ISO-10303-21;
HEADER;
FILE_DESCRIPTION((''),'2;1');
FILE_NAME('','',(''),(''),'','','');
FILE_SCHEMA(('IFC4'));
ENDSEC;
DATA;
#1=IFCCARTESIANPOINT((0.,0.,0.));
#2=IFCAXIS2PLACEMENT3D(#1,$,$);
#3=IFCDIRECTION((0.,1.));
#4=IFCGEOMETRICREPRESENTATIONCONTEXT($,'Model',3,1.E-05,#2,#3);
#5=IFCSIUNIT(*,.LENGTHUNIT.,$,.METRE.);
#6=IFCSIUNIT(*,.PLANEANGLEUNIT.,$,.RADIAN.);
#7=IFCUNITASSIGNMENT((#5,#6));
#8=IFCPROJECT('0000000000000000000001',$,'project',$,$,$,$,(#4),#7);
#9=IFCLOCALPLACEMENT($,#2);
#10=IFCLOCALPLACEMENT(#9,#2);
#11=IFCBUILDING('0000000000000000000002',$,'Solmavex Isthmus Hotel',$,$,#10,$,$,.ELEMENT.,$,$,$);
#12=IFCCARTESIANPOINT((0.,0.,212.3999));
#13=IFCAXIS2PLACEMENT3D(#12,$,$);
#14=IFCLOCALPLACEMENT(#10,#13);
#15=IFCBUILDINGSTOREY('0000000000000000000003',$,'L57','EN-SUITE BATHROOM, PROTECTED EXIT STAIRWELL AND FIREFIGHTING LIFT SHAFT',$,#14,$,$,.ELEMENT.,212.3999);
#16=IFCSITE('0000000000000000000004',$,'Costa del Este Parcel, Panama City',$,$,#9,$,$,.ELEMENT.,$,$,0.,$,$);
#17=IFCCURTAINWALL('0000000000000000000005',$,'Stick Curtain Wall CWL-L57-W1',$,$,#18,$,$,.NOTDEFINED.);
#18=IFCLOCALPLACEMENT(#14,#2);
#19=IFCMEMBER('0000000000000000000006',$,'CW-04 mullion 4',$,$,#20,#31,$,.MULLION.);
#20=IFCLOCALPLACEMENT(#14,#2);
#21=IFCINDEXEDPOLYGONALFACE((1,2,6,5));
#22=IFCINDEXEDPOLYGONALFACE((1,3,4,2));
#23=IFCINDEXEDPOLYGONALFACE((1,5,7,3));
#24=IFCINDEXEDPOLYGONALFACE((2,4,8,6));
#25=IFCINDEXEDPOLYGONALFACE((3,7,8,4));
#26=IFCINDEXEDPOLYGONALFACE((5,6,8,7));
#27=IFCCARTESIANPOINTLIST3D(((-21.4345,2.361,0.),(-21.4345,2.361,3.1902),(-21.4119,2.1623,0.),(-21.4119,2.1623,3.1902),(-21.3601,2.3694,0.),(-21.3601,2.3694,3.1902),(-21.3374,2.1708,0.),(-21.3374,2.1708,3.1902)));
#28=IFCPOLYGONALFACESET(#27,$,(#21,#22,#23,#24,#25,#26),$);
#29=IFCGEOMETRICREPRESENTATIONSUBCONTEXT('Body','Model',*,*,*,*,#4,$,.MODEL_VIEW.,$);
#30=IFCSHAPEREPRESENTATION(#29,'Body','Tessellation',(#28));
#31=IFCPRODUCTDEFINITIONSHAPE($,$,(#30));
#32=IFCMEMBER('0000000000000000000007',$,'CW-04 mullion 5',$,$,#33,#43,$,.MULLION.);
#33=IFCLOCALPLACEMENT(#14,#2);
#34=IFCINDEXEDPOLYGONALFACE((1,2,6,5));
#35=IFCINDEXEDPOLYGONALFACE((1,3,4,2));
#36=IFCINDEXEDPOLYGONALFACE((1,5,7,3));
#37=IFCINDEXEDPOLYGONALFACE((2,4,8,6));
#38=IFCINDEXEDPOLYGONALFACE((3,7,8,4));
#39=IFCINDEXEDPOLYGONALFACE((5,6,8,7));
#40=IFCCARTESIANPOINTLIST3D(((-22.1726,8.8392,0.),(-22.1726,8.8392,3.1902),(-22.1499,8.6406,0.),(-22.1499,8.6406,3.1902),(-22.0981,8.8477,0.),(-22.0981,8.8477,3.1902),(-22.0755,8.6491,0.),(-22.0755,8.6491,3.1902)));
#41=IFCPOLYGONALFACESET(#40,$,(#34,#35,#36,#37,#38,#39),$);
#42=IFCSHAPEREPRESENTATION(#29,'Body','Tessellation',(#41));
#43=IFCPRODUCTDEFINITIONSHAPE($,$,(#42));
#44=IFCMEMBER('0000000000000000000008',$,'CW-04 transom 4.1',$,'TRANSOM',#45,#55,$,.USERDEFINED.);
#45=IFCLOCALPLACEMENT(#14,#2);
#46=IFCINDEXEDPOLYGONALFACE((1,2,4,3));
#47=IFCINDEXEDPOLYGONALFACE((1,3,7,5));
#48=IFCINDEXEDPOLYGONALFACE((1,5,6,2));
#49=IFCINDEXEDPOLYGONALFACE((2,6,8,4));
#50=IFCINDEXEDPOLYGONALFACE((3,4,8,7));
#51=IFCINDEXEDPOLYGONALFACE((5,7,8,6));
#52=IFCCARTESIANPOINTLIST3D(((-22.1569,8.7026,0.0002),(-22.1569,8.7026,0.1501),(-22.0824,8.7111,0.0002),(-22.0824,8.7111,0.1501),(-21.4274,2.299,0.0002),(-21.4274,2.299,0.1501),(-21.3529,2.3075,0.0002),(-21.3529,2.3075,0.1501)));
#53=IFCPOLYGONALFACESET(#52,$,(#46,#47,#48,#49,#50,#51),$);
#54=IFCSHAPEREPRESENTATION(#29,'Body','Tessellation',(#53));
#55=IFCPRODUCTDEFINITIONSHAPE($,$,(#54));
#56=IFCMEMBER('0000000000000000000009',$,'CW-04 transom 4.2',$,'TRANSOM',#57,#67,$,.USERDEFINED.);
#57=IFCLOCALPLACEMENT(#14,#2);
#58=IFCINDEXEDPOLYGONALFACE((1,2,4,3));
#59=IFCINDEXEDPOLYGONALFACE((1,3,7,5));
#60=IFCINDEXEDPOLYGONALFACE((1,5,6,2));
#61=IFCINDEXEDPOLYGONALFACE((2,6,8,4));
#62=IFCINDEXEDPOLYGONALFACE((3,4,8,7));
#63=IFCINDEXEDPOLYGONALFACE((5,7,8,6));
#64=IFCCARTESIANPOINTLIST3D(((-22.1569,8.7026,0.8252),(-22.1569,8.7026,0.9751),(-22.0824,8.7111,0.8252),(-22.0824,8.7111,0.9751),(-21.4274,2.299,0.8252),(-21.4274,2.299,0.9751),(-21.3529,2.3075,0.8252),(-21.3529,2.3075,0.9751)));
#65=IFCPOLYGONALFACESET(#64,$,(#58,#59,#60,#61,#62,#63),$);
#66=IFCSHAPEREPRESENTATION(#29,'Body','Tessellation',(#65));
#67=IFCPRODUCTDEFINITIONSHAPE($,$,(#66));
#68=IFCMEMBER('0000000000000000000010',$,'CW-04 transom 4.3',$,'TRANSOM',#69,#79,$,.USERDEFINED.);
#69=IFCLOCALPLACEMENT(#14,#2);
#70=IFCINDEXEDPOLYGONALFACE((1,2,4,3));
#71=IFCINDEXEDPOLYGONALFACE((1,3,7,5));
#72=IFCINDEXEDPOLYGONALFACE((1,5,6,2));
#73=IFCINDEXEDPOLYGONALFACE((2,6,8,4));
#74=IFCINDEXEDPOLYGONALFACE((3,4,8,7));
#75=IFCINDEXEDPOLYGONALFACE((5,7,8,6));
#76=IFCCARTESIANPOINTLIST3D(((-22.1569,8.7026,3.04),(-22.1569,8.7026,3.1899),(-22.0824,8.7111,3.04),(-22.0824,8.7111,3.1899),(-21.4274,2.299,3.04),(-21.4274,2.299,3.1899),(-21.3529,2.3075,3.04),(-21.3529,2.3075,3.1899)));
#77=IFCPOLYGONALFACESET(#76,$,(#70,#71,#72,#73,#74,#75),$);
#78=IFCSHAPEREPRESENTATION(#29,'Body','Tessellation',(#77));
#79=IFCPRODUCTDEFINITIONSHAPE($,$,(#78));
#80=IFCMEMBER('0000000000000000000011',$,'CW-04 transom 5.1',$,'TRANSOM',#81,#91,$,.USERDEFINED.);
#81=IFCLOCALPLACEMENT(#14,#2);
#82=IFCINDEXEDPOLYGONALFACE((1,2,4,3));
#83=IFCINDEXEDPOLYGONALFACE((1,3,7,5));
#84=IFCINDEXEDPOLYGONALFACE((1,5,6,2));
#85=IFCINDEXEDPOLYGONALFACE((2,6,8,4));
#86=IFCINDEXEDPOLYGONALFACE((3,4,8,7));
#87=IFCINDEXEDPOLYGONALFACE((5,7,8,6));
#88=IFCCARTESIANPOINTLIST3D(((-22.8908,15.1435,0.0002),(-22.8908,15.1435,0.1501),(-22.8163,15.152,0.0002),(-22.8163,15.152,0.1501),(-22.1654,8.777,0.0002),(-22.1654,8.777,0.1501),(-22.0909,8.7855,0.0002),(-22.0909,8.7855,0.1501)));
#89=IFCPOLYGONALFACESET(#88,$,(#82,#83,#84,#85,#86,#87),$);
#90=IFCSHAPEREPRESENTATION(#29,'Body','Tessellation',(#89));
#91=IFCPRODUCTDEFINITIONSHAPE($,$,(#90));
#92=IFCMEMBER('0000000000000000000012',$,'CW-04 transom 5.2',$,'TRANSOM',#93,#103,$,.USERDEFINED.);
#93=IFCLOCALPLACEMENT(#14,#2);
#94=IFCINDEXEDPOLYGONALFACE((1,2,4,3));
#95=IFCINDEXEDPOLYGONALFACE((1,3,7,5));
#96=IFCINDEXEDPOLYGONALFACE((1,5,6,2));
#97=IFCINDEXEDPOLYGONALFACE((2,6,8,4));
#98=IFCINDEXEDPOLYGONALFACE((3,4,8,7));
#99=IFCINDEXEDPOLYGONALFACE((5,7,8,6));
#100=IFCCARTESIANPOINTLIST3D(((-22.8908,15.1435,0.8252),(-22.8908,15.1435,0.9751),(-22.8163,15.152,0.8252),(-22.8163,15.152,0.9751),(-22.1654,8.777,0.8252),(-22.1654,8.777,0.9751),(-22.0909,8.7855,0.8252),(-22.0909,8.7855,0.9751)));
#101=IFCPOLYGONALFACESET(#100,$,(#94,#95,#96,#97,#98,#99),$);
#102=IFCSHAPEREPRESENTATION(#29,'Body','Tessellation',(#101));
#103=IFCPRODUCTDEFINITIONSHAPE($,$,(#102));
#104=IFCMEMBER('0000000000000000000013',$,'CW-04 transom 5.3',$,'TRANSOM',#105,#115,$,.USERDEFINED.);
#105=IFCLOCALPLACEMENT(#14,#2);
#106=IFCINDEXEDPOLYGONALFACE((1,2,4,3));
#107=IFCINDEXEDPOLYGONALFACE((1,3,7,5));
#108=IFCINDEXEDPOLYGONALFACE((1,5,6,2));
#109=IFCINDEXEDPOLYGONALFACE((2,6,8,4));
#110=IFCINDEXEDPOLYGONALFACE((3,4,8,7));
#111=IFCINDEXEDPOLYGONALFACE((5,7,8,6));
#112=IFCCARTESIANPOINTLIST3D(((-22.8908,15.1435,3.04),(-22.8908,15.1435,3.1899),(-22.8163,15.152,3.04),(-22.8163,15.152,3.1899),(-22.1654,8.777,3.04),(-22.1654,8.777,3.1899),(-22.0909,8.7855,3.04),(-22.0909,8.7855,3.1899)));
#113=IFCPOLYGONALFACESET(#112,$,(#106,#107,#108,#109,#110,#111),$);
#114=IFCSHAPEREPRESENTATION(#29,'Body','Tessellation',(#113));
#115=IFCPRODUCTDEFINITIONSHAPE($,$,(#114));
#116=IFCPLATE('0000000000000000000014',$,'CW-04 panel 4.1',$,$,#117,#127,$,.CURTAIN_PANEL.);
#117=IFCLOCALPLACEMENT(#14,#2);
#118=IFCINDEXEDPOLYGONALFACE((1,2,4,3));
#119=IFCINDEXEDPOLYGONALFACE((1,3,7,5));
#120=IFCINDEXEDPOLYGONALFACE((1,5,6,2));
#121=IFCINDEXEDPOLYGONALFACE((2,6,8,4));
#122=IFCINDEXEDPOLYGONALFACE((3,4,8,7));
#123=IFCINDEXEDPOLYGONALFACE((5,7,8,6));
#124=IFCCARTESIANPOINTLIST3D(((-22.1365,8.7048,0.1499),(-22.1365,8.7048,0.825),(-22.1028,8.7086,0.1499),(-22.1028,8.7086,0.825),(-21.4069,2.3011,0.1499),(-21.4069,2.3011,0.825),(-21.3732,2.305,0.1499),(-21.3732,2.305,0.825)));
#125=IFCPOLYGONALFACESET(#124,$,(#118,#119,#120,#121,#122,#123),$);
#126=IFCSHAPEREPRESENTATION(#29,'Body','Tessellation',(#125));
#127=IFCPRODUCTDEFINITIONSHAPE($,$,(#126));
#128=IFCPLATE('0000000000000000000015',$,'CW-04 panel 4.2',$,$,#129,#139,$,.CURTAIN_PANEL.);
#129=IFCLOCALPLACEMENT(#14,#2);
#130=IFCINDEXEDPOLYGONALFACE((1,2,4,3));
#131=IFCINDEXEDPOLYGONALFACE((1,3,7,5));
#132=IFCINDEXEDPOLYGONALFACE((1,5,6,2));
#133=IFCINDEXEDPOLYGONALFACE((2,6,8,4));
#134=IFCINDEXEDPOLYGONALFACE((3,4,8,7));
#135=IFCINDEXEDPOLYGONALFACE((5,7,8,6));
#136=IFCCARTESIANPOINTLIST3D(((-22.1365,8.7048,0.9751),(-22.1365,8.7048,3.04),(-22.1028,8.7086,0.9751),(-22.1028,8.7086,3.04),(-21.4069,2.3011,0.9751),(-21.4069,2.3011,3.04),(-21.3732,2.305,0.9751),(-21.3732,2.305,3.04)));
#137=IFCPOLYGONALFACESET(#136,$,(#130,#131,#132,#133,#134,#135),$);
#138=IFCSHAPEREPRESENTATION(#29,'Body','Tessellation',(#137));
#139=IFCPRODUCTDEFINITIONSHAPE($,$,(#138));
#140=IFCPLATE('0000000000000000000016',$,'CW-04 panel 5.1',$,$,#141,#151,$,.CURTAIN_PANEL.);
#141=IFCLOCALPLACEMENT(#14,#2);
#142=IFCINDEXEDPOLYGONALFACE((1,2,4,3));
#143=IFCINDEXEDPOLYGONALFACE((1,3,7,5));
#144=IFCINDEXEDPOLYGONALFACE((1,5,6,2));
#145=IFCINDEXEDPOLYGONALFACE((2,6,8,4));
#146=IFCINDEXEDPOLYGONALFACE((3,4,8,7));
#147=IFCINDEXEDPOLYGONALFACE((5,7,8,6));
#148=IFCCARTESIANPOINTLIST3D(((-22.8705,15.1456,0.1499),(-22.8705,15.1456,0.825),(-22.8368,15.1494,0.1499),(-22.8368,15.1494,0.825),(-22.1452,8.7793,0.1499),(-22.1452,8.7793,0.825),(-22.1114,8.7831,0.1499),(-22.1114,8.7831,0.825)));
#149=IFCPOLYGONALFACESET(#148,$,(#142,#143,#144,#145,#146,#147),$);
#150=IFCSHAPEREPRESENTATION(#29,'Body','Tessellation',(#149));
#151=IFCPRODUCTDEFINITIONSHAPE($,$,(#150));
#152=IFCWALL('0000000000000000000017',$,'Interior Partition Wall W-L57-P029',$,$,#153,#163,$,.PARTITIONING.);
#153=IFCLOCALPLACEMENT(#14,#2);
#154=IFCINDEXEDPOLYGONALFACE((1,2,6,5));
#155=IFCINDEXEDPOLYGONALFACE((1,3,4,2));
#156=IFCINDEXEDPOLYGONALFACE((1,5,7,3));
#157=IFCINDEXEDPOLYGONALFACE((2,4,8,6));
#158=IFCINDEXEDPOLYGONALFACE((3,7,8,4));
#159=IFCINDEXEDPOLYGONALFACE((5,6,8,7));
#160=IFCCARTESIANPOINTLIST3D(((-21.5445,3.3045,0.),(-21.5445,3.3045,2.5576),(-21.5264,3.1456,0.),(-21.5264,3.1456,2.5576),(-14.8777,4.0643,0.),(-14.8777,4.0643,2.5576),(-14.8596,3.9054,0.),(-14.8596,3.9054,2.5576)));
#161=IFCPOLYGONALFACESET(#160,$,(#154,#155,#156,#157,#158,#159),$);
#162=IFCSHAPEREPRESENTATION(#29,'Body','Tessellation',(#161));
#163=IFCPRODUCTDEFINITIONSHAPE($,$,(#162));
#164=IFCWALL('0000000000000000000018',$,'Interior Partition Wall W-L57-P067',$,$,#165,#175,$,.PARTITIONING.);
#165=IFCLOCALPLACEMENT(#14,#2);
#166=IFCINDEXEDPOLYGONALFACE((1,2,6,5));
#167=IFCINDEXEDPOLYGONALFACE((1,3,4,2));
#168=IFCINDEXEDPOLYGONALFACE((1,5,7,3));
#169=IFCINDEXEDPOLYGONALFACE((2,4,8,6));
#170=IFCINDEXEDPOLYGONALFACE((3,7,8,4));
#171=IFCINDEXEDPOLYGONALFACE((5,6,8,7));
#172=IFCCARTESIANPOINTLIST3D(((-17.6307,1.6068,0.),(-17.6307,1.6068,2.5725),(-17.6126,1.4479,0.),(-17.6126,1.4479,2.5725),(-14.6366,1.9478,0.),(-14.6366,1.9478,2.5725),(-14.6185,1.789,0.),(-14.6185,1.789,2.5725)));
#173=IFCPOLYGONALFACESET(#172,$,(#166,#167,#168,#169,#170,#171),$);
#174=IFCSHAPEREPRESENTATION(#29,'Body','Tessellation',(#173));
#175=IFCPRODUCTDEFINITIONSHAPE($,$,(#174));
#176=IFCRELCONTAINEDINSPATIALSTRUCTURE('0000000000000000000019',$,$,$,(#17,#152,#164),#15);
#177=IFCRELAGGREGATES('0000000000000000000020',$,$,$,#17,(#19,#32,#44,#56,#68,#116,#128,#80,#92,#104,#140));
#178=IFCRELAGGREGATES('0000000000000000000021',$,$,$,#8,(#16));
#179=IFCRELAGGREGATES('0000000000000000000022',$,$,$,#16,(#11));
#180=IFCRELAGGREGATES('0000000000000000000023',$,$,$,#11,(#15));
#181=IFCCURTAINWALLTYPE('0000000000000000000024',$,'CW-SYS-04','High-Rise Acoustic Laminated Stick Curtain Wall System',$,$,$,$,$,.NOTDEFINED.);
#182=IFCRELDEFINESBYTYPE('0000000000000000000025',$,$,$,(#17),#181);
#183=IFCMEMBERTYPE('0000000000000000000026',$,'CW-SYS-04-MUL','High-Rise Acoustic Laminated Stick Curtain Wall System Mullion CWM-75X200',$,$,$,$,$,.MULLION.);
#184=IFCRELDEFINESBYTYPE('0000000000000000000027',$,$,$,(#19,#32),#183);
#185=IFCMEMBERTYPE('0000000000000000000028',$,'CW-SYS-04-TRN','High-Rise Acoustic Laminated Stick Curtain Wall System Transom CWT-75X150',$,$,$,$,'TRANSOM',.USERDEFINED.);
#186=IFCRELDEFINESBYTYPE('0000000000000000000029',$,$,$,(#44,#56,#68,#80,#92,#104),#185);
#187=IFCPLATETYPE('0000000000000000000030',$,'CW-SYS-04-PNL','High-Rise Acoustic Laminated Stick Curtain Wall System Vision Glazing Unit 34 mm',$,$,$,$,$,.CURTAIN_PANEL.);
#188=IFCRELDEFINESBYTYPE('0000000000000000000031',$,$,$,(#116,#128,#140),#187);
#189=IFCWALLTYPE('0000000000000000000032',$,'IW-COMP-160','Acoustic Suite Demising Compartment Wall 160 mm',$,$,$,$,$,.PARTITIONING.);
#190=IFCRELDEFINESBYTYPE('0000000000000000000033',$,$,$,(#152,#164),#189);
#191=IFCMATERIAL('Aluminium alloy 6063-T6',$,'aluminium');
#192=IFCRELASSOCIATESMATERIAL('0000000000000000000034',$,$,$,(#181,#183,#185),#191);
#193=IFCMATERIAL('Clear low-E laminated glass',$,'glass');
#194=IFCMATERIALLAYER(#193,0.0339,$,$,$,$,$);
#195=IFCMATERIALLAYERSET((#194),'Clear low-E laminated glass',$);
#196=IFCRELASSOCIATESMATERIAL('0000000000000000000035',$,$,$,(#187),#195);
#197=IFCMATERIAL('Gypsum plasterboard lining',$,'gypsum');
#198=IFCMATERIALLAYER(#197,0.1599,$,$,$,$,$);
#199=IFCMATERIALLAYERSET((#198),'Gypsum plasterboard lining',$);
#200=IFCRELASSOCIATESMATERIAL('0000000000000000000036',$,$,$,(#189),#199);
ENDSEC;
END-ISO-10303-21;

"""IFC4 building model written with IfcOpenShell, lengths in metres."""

from ifc_helpers import new_model, si_unit, direction, frame, frame_2d, origin, origin_2d, place, context, subcontext, project, spatial, rectangle, extrude, material, layer, layer_set, material_profile, profile_set, type_object, element, aggregate, save


model = new_model("IFC4")

# Units and contexts
model_context = context("Model", 3, precision=1e-05, world=origin(), true_north=direction((0.0, 1.0)))
body_context = subcontext(model_context, "Body", "Model", "MODEL_VIEW")
ifc_project = project(units=[si_unit("LENGTHUNIT", "METRE"), si_unit("PLANEANGLEUNIT", "RADIAN")], contexts=[model_context])

# Site, building, storey
site_placement = place(None, origin())
site = spatial("IfcSite", under=ifc_project, at=site_placement, Name="Costa del Este Parcel, Panama City", CompositionType="ELEMENT", RefElevation=0.0)
building_placement = place(site_placement, origin())
building = spatial("IfcBuilding", under=site, at=building_placement, Name="Solmavex Isthmus Hotel", CompositionType="ELEMENT")
storey_placement = place(building_placement, frame((0.0, 0.0, 212.3999)))
storey = spatial("IfcBuildingStorey", under=building, at=storey_placement, Name="L57", Description="EN-SUITE BATHROOM, PROTECTED EXIT STAIRWELL AND FIREFIGHTING LIFT SHAFT", CompositionType="ELEMENT", Elevation=212.3999)

# Curtain wall, members, plates
ifc_material_1 = material(Name="Aluminium alloy 6063-T6", Category="aluminium")
curtain_wall_type = type_object("IfcCurtainWallType", Name="CW-SYS-04", Description="High-Rise Acoustic Laminated Stick Curtain Wall System", PredefinedType="NOTDEFINED", material=ifc_material_1)
curtain_wall_placement = place(storey_placement, origin())
curtain_wall = element("IfcCurtainWall", 1, at=curtain_wall_placement, inside=storey, type_object=curtain_wall_type, Name="Stick Curtain Wall CWL-L57-W1", PredefinedType="NOTDEFINED")
ifc_material_profile_1 = material_profile(ifc_material_1, rectangle(XDim=0.075, YDim=0.2, at=origin_2d()), Name="CWM-75X200")
ifc_profile_set_1 = profile_set([ifc_material_profile_1], Name="Aluminium alloy 6063-T6")
member_type_1 = type_object("IfcMemberType", Name="CW-SYS-04-MUL", Description="High-Rise Acoustic Laminated Stick Curtain Wall System Mullion CWM-75X200", PredefinedType="MULLION", material=ifc_profile_set_1)
member_1_placement = place(storey_placement, frame((-21.386, 2.2659, 0.0), z_axis=(0.0, 0.0, 1.0), x_axis=(-0.993572, -0.113203, 0.0)))
member_1 = element("IfcMember", 2, at=member_1_placement, type_object=member_type_1, Name="CW-04 mullion 4", PredefinedType="MULLION", context=body_context, shape_type="SweptSolid", body=[
    extrude(rectangle(XDim=0.075, YDim=0.2, at=origin_2d()), origin(), (0.0, 0.0, 1.0), 3.1902),
])
member_2_placement = place(storey_placement, frame((-22.124, 8.7441, 0.0), z_axis=(0.0, 0.0, 1.0), x_axis=(-0.993572, -0.113203, 0.0)))
member_2 = element("IfcMember", 3, at=member_2_placement, type_object=member_type_1, Name="CW-04 mullion 5", PredefinedType="MULLION", context=body_context, shape_type="SweptSolid", body=[
    extrude(rectangle(XDim=0.075, YDim=0.2, at=origin_2d()), origin(), (0.0, 0.0, 1.0), 3.1902),
])
ifc_material_profile_2 = material_profile(ifc_material_1, rectangle(XDim=0.075, YDim=0.1499, at=origin_2d()), Name="CWT-75X150")
ifc_profile_set_2 = profile_set([ifc_material_profile_2], Name="Aluminium alloy 6063-T6")
member_type_2 = type_object("IfcMemberType", Name="CW-SYS-04-TRN", Description="High-Rise Acoustic Laminated Stick Curtain Wall System Transom CWT-75X150", ElementType="TRANSOM", PredefinedType="USERDEFINED", material=ifc_profile_set_2)
member_3_placement = place(storey_placement, frame((-21.3901, 2.3032, 0.0752), z_axis=(-0.113188, 0.993574, 0.0), x_axis=(-0.993574, -0.113188, 0.0)))
member_3 = element("IfcMember", 4, at=member_3_placement, type_object=member_type_2, Name="CW-04 transom 4.1", ObjectType="TRANSOM", PredefinedType="USERDEFINED", context=body_context, shape_type="SweptSolid", body=[
    extrude(rectangle(XDim=0.075, YDim=0.1499, at=origin_2d()), origin(), (0.0, 0.0, 1.0), 6.4451),
])
member_4_placement = place(storey_placement, frame((-21.3901, 2.3032, 0.9001), z_axis=(-0.113188, 0.993574, 0.0), x_axis=(-0.993574, -0.113188, 0.0)))
member_4 = element("IfcMember", 5, at=member_4_placement, type_object=member_type_2, Name="CW-04 transom 4.2", ObjectType="TRANSOM", PredefinedType="USERDEFINED", context=body_context, shape_type="SweptSolid", body=[
    extrude(rectangle(XDim=0.075, YDim=0.1499, at=origin_2d()), origin(), (0.0, 0.0, 1.0), 6.4451),
])
member_5_placement = place(storey_placement, frame((-21.3901, 2.3032, 3.115), z_axis=(-0.113188, 0.993574, 0.0), x_axis=(-0.993574, -0.113188, 0.0)))
member_5 = element("IfcMember", 6, at=member_5_placement, type_object=member_type_2, Name="CW-04 transom 4.3", ObjectType="TRANSOM", PredefinedType="USERDEFINED", context=body_context, shape_type="SweptSolid", body=[
    extrude(rectangle(XDim=0.075, YDim=0.1499, at=origin_2d()), origin(), (0.0, 0.0, 1.0), 6.4451),
])
member_6_placement = place(storey_placement, frame((-22.1282, 8.7812, 0.0752), z_axis=(-0.113199, 0.993572, 0.0), x_axis=(-0.993572, -0.113199, 0.0)))
member_6 = element("IfcMember", 7, at=member_6_placement, type_object=member_type_2, Name="CW-04 transom 5.1", ObjectType="TRANSOM", PredefinedType="USERDEFINED", context=body_context, shape_type="SweptSolid", body=[
    extrude(rectangle(XDim=0.075, YDim=0.1499, at=origin_2d()), origin(), (0.0, 0.0, 1.0), 6.4077),
])
member_7_placement = place(storey_placement, frame((-22.1282, 8.7812, 0.9001), z_axis=(-0.113199, 0.993572, 0.0), x_axis=(-0.993572, -0.113199, 0.0)))
member_7 = element("IfcMember", 8, at=member_7_placement, type_object=member_type_2, Name="CW-04 transom 5.2", ObjectType="TRANSOM", PredefinedType="USERDEFINED", context=body_context, shape_type="SweptSolid", body=[
    extrude(rectangle(XDim=0.075, YDim=0.1499, at=origin_2d()), origin(), (0.0, 0.0, 1.0), 6.4077),
])
member_8_placement = place(storey_placement, frame((-22.1282, 8.7812, 3.115), z_axis=(-0.113199, 0.993572, 0.0), x_axis=(-0.993572, -0.113199, 0.0)))
member_8 = element("IfcMember", 9, at=member_8_placement, type_object=member_type_2, Name="CW-04 transom 5.3", ObjectType="TRANSOM", PredefinedType="USERDEFINED", context=body_context, shape_type="SweptSolid", body=[
    extrude(rectangle(XDim=0.075, YDim=0.1499, at=origin_2d()), origin(), (0.0, 0.0, 1.0), 6.4077),
])
ifc_material_2 = material(Name="Clear low-E laminated glass", Category="glass")
ifc_layer_1 = layer(ifc_material_2, 0.0339)
ifc_layer_set_1 = layer_set([ifc_layer_1], Name="Clear low-E laminated glass")
plate_type = type_object("IfcPlateType", Name="CW-SYS-04-PNL", Description="High-Rise Acoustic Laminated Stick Curtain Wall System Vision Glazing Unit 34 mm", PredefinedType="CURTAIN_PANEL", material=ifc_layer_set_1)
plate_1_placement = place(storey_placement, frame((-21.7549, 5.5049, 0.1499), z_axis=(0.0, 0.0, 1.0), x_axis=(-0.113203, 0.993572, 0.0)))
plate_1 = element("IfcPlate", 10, at=plate_1_placement, type_object=plate_type, Name="CW-04 panel 4.1", PredefinedType="CURTAIN_PANEL", context=body_context, shape_type="SweptSolid", body=[
    extrude(rectangle(XDim=6.4451, YDim=0.0339, at=origin_2d()), origin(), (0.0, 0.0, 1.0), 0.675),
])
plate_2_placement = place(storey_placement, frame((-21.7549, 5.5049, 0.9751), z_axis=(0.0, 0.0, 1.0), x_axis=(-0.113203, 0.993572, 0.0)))
plate_2 = element("IfcPlate", 11, at=plate_2_placement, type_object=plate_type, Name="CW-04 panel 4.2", PredefinedType="CURTAIN_PANEL", context=body_context, shape_type="SweptSolid", body=[
    extrude(rectangle(XDim=6.4451, YDim=0.0339, at=origin_2d()), origin(), (0.0, 0.0, 1.0), 2.0649),
])
plate_3_placement = place(storey_placement, frame((-22.491, 11.9644, 0.1499), z_axis=(0.0, 0.0, 1.0), x_axis=(-0.113203, 0.993572, 0.0)))
plate_3 = element("IfcPlate", 12, at=plate_3_placement, type_object=plate_type, Name="CW-04 panel 5.1", PredefinedType="CURTAIN_PANEL", context=body_context, shape_type="SweptSolid", body=[
    extrude(rectangle(XDim=6.4075, YDim=0.0339, at=origin_2d()), origin(), (0.0, 0.0, 1.0), 0.675),
])
aggregate(curtain_wall, [member_1, member_2, member_3, member_4, member_5, plate_1, plate_2, member_6, member_7, member_8, plate_3])

# Wall
ifc_material_3 = material(Name="Gypsum plasterboard lining", Category="gypsum")
ifc_layer_2 = layer(ifc_material_3, 0.1599)
ifc_layer_set_2 = layer_set([ifc_layer_2], Name="Gypsum plasterboard lining")
wall_type_1 = type_object("IfcWallType", Name="IW-COMP-160", Description="Acoustic Suite Demising Compartment Wall 160 mm", PredefinedType="PARTITIONING", material=ifc_layer_set_2)
wall_1_placement = place(storey_placement, frame((-14.8687, 3.9849, 0.0), z_axis=(0.0, 0.0, 1.0), x_axis=(-0.993569, -0.113231, 0.0)))
element("IfcWall", 13, at=wall_1_placement, inside=storey, type_object=wall_type_1, Name="Interior Partition Wall W-L57-P029", PredefinedType="PARTITIONING", context=body_context, shape_type="SweptSolid", body=[
    extrude(rectangle(XDim=6.71, YDim=0.1599, at=frame_2d((3.355, 0.0))), origin(), (0.0, 0.0, 1.0), 2.5576),
])

# Wall
wall_2_placement = place(storey_placement, frame((-14.6274, 1.8684, 0.0), z_axis=(0.0, 0.0, 1.0), x_axis=(-0.993575, -0.113179, 0.0)))
element("IfcWall", 14, at=wall_2_placement, inside=storey, type_object=wall_type_1, Name="Interior Partition Wall W-L57-P067", PredefinedType="PARTITIONING", context=body_context, shape_type="SweptSolid", body=[
    extrude(rectangle(XDim=3.0134, YDim=0.1599, at=frame_2d((1.5068, 0.0))), origin(), (0.0, 0.0, 1.0), 2.5725),
])

save(model, "model.ifc")
